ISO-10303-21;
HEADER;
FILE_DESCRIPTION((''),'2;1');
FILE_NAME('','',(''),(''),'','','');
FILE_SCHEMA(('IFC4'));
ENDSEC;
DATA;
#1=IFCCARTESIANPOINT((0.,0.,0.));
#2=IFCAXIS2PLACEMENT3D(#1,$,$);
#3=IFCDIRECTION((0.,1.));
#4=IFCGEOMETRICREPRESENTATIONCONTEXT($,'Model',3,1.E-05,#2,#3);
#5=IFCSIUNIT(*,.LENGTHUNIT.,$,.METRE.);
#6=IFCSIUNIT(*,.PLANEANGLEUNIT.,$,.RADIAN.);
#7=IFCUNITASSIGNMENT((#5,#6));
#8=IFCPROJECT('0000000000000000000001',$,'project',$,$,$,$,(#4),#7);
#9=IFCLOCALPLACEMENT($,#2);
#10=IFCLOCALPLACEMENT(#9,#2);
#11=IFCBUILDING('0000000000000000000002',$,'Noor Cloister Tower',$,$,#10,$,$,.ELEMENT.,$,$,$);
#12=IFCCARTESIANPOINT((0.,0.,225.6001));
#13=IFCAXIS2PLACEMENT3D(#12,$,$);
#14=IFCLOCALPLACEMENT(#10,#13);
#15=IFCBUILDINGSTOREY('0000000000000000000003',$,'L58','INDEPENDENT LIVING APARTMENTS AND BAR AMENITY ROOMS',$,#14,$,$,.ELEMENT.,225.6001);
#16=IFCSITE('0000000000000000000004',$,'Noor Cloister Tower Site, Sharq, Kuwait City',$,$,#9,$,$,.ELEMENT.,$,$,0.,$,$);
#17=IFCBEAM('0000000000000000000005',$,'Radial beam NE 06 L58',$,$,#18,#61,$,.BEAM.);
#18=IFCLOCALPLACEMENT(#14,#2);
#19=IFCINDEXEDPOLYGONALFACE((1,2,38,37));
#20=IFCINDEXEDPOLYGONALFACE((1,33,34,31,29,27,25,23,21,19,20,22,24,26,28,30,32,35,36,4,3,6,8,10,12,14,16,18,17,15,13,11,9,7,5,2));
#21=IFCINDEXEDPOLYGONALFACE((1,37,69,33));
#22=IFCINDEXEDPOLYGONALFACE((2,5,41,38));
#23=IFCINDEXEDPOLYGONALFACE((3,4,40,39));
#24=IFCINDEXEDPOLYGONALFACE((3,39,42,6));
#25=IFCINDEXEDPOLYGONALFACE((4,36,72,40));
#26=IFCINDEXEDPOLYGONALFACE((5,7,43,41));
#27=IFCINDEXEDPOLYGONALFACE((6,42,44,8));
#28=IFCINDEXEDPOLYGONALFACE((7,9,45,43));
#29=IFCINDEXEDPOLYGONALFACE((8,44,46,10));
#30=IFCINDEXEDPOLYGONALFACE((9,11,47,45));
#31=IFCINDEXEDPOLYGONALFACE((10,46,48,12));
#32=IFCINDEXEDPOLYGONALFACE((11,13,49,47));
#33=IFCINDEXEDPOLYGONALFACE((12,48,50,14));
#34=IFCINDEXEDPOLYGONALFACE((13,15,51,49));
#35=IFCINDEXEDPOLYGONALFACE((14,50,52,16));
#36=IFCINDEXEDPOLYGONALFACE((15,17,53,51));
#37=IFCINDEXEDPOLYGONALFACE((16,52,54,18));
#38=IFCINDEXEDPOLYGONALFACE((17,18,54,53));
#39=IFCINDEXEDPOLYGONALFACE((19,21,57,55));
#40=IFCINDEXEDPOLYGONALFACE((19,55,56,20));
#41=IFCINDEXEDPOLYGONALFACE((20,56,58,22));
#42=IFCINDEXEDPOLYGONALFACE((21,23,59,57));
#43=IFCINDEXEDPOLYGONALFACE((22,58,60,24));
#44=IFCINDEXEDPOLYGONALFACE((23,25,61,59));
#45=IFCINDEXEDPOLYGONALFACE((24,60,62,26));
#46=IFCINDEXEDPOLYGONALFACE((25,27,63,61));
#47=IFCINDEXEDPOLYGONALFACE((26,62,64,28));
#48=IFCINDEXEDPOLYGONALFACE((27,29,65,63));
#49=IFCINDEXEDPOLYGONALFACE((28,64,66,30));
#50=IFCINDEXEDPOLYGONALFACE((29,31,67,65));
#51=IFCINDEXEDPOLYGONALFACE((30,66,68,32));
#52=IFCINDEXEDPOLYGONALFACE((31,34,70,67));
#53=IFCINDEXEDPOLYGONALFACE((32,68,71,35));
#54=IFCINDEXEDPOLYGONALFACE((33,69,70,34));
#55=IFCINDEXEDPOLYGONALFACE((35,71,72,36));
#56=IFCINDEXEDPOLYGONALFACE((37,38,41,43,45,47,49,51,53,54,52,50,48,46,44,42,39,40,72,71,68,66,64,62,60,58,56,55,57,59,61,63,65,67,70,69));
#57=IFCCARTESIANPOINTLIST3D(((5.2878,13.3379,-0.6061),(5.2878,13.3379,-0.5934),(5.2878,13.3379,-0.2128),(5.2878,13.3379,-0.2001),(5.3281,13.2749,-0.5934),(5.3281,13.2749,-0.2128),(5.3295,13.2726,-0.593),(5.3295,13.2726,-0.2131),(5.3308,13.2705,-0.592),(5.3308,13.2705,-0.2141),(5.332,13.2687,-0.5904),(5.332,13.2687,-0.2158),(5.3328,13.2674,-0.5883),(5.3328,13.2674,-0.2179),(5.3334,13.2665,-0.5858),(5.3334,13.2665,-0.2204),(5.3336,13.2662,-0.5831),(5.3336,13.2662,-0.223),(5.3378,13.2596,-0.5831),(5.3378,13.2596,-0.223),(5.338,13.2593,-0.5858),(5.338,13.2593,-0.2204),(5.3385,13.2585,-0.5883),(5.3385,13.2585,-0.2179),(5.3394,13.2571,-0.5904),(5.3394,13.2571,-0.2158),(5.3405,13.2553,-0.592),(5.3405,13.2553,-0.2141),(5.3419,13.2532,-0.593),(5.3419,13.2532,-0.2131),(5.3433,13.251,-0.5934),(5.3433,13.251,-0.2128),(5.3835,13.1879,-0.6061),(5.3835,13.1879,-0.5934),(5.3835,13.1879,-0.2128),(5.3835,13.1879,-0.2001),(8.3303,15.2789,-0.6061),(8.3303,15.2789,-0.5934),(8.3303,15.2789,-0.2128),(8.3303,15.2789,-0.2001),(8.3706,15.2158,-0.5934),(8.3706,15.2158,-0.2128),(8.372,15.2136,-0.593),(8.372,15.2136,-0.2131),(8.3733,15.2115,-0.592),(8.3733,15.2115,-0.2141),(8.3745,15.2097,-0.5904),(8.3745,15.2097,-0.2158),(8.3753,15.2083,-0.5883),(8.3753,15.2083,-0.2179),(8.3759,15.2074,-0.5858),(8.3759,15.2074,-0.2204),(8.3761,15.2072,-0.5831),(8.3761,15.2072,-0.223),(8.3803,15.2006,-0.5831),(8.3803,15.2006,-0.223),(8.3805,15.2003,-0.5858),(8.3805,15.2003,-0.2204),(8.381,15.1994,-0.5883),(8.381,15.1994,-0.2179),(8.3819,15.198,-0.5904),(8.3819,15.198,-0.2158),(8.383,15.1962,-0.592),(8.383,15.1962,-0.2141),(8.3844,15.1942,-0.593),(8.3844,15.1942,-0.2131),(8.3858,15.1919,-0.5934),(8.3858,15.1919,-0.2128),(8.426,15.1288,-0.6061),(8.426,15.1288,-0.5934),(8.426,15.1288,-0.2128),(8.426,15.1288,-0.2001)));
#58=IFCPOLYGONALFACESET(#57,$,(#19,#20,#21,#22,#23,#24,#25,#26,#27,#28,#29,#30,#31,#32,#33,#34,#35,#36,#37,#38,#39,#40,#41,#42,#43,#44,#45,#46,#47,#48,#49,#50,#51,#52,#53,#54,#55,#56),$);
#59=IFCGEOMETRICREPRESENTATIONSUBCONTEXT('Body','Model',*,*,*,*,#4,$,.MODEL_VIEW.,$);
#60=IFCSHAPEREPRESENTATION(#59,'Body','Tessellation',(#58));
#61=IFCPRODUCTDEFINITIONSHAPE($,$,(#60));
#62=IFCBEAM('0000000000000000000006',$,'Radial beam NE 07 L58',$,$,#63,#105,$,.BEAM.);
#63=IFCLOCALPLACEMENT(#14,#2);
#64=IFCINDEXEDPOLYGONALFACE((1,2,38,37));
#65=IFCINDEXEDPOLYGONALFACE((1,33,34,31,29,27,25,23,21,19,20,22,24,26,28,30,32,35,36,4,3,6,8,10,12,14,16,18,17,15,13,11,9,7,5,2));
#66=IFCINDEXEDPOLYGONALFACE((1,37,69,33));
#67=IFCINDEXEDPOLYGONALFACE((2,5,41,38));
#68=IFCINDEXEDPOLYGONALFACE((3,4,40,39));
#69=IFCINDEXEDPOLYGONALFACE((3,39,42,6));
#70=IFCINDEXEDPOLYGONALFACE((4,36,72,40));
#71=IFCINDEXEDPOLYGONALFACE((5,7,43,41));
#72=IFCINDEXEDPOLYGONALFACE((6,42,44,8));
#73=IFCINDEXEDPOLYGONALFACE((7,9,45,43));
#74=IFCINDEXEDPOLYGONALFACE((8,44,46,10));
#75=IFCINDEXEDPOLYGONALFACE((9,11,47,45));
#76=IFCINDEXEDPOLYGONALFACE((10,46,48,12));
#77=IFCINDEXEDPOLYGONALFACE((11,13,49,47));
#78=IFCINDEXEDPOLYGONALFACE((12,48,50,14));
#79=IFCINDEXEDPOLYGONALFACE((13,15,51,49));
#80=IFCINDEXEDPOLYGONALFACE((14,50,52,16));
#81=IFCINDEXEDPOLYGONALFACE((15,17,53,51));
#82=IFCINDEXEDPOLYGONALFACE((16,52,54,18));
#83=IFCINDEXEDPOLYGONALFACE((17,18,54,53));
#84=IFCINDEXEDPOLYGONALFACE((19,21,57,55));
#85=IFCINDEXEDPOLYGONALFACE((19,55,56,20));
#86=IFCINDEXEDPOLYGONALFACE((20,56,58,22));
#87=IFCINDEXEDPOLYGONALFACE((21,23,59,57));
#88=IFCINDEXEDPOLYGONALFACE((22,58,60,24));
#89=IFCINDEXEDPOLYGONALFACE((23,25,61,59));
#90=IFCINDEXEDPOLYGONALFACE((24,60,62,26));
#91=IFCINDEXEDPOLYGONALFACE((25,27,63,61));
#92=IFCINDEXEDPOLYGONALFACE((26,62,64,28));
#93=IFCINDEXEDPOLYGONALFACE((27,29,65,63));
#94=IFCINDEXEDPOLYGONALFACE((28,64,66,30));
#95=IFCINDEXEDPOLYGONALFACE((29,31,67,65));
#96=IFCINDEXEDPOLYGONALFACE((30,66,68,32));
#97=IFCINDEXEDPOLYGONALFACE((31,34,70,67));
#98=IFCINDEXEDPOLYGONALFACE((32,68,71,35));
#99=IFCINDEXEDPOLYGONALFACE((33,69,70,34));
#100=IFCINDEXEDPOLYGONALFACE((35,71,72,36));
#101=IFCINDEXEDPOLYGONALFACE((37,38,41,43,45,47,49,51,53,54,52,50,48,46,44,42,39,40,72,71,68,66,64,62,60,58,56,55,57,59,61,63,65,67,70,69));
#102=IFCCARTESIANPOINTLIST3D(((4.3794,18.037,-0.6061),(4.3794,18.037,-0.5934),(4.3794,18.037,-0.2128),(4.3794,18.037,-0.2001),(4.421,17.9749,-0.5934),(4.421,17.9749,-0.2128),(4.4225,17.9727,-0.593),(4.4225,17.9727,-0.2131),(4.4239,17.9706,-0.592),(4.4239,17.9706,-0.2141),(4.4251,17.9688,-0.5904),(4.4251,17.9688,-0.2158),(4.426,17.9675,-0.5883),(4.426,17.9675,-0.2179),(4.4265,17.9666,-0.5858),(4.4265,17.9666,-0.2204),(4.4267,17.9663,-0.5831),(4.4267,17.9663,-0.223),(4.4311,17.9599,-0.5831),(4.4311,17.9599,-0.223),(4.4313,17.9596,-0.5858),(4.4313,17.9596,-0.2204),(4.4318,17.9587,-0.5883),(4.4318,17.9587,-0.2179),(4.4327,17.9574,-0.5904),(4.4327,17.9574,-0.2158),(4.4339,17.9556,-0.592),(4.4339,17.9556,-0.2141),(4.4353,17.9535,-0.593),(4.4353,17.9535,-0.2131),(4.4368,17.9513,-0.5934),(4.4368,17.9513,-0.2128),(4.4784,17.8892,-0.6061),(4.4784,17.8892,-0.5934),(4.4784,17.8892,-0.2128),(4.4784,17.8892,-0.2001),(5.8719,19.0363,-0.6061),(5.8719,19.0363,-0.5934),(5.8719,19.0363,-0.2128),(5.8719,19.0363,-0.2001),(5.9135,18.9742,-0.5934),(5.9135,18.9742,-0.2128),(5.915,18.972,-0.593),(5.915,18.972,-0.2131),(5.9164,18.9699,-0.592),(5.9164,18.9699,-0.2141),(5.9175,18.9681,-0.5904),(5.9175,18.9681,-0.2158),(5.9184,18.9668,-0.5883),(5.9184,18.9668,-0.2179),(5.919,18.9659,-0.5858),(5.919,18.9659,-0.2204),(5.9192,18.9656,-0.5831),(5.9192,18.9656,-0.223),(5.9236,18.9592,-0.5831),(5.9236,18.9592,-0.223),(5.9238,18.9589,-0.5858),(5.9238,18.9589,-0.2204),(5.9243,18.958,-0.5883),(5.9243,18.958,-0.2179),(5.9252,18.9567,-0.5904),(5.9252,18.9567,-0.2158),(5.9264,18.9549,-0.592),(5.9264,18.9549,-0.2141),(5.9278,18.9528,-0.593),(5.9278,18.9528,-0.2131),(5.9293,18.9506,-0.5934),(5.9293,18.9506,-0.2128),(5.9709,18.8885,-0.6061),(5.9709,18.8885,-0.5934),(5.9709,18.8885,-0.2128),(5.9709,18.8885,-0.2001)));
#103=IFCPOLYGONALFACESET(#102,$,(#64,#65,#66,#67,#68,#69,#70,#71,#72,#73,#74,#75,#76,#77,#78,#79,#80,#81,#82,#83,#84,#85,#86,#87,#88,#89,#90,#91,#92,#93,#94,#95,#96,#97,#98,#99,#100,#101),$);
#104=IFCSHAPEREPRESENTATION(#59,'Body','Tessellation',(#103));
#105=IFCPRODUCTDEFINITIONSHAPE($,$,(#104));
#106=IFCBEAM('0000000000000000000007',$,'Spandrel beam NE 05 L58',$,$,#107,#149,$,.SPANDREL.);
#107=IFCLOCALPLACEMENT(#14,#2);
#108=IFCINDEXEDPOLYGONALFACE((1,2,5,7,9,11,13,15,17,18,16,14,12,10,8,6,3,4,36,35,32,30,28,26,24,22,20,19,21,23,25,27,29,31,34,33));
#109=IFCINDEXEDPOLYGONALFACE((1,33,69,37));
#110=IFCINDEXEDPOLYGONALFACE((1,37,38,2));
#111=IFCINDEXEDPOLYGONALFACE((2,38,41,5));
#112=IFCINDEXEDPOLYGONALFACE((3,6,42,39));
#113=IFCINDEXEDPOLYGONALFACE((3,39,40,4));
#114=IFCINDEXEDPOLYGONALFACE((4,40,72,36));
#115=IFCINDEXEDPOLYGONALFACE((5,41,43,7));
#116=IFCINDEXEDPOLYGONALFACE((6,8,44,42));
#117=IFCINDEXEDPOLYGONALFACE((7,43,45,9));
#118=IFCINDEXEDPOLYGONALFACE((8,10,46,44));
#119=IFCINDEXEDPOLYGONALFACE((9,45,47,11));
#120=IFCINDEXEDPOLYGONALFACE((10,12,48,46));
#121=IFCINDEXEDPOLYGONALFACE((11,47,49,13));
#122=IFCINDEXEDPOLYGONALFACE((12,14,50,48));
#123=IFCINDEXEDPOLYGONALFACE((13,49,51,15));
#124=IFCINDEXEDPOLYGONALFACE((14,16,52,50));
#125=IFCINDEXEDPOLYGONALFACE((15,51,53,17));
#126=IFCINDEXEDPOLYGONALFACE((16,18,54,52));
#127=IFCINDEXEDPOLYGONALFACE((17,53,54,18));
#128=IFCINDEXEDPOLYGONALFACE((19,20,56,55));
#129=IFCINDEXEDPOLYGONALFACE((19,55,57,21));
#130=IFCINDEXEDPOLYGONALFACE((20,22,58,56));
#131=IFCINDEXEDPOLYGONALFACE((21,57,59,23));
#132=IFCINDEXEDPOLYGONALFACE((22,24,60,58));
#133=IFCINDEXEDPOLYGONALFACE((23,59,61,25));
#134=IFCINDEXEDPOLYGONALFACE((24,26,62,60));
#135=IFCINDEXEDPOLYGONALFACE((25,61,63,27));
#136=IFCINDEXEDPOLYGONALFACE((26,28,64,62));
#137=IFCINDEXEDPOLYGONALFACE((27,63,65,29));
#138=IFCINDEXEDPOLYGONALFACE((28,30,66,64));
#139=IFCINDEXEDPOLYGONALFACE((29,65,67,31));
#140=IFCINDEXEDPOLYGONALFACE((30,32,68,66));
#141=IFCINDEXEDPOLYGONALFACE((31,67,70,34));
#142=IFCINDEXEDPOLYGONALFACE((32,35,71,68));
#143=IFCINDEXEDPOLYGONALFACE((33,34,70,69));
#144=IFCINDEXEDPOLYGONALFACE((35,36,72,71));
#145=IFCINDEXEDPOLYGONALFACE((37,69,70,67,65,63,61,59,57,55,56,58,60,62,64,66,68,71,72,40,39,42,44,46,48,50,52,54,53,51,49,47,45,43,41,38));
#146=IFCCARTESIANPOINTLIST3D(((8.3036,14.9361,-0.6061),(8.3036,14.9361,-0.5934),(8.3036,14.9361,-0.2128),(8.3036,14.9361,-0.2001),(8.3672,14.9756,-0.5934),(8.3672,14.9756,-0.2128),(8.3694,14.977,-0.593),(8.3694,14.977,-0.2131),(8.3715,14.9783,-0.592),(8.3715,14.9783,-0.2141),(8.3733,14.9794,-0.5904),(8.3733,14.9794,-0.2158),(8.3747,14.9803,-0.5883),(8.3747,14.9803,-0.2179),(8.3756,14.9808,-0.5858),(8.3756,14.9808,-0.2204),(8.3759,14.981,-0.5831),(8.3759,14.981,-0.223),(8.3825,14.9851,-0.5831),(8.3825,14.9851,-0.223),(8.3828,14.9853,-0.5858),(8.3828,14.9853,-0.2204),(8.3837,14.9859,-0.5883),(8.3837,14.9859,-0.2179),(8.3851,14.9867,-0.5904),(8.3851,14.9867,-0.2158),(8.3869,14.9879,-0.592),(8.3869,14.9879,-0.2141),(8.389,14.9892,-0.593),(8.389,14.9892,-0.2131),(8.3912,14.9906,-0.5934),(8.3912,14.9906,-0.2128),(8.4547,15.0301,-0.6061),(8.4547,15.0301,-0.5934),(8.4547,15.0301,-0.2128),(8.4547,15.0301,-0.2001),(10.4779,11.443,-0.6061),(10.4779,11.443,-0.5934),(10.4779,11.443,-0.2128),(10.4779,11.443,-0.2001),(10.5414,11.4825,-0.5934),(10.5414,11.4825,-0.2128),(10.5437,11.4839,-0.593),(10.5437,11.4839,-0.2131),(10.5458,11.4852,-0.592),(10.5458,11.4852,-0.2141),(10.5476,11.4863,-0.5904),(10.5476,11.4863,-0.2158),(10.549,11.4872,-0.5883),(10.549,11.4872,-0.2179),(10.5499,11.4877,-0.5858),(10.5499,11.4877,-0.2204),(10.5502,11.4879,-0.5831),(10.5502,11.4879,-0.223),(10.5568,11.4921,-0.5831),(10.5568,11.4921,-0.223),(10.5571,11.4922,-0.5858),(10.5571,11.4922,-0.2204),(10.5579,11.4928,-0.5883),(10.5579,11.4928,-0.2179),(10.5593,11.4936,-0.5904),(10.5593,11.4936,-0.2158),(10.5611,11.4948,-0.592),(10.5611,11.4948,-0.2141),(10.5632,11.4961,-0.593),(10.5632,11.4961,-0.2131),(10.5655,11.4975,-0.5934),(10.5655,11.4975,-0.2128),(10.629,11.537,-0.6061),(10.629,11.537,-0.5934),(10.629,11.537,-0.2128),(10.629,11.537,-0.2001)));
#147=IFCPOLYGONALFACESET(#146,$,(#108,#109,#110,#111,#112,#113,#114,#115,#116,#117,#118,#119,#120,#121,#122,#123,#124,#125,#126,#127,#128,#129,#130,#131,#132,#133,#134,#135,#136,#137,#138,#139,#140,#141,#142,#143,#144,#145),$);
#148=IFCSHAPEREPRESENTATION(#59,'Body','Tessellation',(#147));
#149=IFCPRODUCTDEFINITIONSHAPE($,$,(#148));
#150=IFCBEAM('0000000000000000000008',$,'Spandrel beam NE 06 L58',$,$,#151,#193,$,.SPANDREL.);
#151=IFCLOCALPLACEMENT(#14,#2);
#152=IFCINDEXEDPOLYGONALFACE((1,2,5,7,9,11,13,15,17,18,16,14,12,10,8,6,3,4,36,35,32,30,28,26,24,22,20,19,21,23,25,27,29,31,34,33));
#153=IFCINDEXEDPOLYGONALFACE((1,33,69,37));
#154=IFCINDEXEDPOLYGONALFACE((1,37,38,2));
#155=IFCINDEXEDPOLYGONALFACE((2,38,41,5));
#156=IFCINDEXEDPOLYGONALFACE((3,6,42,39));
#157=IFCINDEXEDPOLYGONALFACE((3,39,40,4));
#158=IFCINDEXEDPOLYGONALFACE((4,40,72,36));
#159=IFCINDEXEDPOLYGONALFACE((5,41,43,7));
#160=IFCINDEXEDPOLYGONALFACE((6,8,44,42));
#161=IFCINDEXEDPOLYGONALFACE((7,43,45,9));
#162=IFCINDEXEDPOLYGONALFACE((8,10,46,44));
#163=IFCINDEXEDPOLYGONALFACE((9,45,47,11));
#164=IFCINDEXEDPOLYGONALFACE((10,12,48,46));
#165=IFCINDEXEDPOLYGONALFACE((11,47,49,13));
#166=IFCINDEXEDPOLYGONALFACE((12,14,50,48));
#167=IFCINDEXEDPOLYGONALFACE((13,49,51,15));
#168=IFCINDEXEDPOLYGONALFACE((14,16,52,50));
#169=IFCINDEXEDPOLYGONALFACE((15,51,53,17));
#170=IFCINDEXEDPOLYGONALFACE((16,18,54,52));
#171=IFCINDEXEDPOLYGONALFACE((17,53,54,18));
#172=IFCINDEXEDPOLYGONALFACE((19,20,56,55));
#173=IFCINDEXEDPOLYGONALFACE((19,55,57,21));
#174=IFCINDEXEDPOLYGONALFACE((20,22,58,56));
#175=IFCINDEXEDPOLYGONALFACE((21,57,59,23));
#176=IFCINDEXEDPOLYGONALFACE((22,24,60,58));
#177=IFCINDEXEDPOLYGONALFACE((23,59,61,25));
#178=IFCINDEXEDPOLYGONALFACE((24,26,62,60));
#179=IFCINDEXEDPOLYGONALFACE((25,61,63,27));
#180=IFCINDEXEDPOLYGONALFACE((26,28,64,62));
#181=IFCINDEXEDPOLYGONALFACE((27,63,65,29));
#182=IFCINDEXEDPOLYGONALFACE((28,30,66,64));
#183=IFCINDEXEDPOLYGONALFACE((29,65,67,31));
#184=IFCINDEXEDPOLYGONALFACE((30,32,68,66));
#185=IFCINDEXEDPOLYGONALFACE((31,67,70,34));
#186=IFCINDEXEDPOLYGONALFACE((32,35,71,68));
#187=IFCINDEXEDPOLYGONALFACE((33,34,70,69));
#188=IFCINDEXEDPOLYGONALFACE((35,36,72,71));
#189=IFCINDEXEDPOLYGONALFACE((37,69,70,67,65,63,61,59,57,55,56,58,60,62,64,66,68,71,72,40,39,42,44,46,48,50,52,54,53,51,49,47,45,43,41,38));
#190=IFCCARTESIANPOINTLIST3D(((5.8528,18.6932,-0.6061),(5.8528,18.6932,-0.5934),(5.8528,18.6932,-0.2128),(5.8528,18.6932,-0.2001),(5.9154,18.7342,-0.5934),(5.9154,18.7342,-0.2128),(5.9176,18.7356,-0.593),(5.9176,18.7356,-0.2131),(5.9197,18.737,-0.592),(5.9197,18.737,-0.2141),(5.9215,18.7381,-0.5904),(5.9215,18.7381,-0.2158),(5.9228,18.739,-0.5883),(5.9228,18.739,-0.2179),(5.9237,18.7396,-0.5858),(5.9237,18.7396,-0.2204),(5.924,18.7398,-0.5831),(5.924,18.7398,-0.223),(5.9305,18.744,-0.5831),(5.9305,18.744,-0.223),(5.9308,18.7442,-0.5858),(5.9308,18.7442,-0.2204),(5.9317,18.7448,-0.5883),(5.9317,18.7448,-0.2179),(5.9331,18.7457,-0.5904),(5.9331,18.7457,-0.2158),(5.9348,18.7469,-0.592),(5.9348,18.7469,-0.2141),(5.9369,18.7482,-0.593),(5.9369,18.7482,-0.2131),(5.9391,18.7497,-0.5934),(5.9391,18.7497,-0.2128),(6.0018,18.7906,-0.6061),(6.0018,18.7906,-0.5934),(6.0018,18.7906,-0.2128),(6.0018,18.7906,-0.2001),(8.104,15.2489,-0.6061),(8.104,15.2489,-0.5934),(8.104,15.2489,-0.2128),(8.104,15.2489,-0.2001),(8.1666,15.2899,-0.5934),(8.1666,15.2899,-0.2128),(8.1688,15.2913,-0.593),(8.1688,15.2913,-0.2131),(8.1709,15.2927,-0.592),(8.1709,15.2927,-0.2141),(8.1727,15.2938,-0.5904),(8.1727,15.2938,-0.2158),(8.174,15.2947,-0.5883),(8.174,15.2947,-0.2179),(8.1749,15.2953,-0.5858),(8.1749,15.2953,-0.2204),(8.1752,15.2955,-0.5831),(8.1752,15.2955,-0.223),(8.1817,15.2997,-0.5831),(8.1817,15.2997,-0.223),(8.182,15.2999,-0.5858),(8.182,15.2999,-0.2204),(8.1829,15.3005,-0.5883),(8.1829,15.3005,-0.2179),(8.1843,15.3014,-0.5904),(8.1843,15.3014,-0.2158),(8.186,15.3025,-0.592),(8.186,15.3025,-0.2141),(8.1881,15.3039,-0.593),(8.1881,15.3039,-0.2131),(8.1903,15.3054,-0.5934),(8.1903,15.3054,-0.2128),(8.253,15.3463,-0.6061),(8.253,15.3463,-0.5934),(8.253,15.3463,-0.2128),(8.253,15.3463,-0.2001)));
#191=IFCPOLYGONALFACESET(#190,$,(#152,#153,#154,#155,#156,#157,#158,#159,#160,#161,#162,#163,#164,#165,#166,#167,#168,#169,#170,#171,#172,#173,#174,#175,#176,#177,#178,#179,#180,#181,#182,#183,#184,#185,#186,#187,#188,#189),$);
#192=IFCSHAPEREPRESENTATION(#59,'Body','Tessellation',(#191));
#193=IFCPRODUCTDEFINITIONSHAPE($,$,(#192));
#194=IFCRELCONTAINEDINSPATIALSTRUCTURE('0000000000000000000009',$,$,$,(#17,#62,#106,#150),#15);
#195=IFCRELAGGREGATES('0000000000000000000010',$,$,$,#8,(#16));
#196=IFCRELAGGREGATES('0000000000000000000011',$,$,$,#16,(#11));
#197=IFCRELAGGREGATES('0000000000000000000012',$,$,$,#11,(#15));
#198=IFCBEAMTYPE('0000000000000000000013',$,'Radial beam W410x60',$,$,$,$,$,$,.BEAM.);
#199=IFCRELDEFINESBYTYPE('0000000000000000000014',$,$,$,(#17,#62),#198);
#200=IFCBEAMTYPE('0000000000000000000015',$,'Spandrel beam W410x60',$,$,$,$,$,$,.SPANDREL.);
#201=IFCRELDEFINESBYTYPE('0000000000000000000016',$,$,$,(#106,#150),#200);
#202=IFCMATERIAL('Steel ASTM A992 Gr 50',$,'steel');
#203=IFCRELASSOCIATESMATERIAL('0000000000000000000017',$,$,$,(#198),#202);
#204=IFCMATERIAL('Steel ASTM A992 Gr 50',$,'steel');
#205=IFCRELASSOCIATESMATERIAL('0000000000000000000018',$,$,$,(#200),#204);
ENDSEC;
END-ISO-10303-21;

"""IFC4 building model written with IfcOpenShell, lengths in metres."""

from ifc_helpers import new_model, si_unit, direction, frame, origin, origin_2d, place, context, subcontext, project, spatial, i_section, extrude, material, material_profile, profile_set, type_object, element, save


model = new_model("IFC4")

# Units and contexts
model_context = context("Model", 3, precision=1e-05, world=origin(), true_north=direction((0.0, 1.0)))
body_context = subcontext(model_context, "Body", "Model", "MODEL_VIEW")
ifc_project = project(units=[si_unit("LENGTHUNIT", "METRE"), si_unit("PLANEANGLEUNIT", "RADIAN")], contexts=[model_context])

# Site, building, storey
site_placement = place(None, origin())
site = spatial("IfcSite", under=ifc_project, at=site_placement, Name="Noor Cloister Tower Site, Sharq, Kuwait City", CompositionType="ELEMENT", RefElevation=0.0)
building_placement = place(site_placement, origin())
building = spatial("IfcBuilding", under=site, at=building_placement, Name="Noor Cloister Tower", CompositionType="ELEMENT")
storey_placement = place(building_placement, frame((0.0, 0.0, 225.6001)))
storey = spatial("IfcBuildingStorey", under=building, at=storey_placement, Name="L58", Description="INDEPENDENT LIVING APARTMENTS AND BAR AMENITY ROOMS", CompositionType="ELEMENT", Elevation=225.6001)

# Beams
ifc_material_1 = material(Name="Steel ASTM A992 Gr 50", Category="steel")
ifc_material_profile_1 = material_profile(ifc_material_1, i_section(OverallWidth=0.178, OverallDepth=0.406, WebThickness=0.0078, FlangeThickness=0.0127, FilletRadius=0.0103, at=origin_2d()), Name="W410x60")
ifc_profile_set_1 = profile_set([ifc_material_profile_1], Name="Steel ASTM A992 Gr 50")
beam_type_1 = type_object("IfcBeamType", Name="Radial beam W410x60", PredefinedType="BEAM", material=ifc_profile_set_1)
beam_1_placement = place(storey_placement, frame((8.3782, 15.2039, -0.4031), z_axis=(-0.843059, -0.537821, 0.0), x_axis=(0.537821, -0.843059, 0.0)))
element("IfcBeam", 1, at=beam_1_placement, inside=storey, type_object=beam_type_1, Name="Radial beam NE 06 L58", PredefinedType="BEAM", context=body_context, shape_type="SweptSolid", body=[
    extrude(i_section(OverallWidth=0.178, OverallDepth=0.406, WebThickness=0.0078, FlangeThickness=0.0127, FilletRadius=0.0103, at=origin_2d()), origin(), (0.0, 0.0, 1.0), 3.6089),
])
beam_2_placement = place(storey_placement, frame((5.9214, 18.9624, -0.4031), z_axis=(-0.83094, -0.556362, 0.0), x_axis=(0.556362, -0.83094, 0.0)))
element("IfcBeam", 2, at=beam_2_placement, inside=storey, type_object=beam_type_1, Name="Radial beam NE 07 L58", PredefinedType="BEAM", context=body_context, shape_type="SweptSolid", body=[
    extrude(i_section(OverallWidth=0.178, OverallDepth=0.406, WebThickness=0.0078, FlangeThickness=0.0127, FilletRadius=0.0103, at=origin_2d()), origin(), (0.0, 0.0, 1.0), 1.7961),
])
ifc_material_2 = material(Name="Steel ASTM A992 Gr 50", Category="steel")
ifc_material_profile_2 = material_profile(ifc_material_2, i_section(OverallWidth=0.178, OverallDepth=0.406, WebThickness=0.0078, FlangeThickness=0.0127, FilletRadius=0.0103, at=origin_2d()), Name="W410x60")
ifc_profile_set_2 = profile_set([ifc_material_profile_2], Name="Steel ASTM A992 Gr 50")
beam_type_2 = type_object("IfcBeamType", Name="Spandrel beam W410x60", PredefinedType="SPANDREL", material=ifc_profile_set_2)
beam_3_placement = place(storey_placement, frame((10.5535, 11.49, -0.4031), z_axis=(-0.528441, 0.84897, 0.0), x_axis=(-0.84897, -0.528441, 0.0)))
element("IfcBeam", 3, at=beam_3_placement, inside=storey, type_object=beam_type_2, Name="Spandrel beam NE 05 L58", PredefinedType="SPANDREL", context=body_context, shape_type="SweptSolid", body=[
    extrude(i_section(OverallWidth=0.178, OverallDepth=0.406, WebThickness=0.0078, FlangeThickness=0.0127, FilletRadius=0.0103, at=origin_2d()), origin(), (0.0, 0.0, 1.0), 4.1145),
])
beam_4_placement = place(storey_placement, frame((8.1785, 15.2976, -0.4031), z_axis=(-0.547105, 0.837064, 0.0), x_axis=(-0.837064, -0.547105, 0.0)))
element("IfcBeam", 4, at=beam_4_placement, inside=storey, type_object=beam_type_2, Name="Spandrel beam NE 06 L58", PredefinedType="SPANDREL", context=body_context, shape_type="SweptSolid", body=[
    extrude(i_section(OverallWidth=0.178, OverallDepth=0.406, WebThickness=0.0078, FlangeThickness=0.0127, FilletRadius=0.0103, at=origin_2d()), origin(), (0.0, 0.0, 1.0), 4.1147),
])

save(model, "model.ifc")
